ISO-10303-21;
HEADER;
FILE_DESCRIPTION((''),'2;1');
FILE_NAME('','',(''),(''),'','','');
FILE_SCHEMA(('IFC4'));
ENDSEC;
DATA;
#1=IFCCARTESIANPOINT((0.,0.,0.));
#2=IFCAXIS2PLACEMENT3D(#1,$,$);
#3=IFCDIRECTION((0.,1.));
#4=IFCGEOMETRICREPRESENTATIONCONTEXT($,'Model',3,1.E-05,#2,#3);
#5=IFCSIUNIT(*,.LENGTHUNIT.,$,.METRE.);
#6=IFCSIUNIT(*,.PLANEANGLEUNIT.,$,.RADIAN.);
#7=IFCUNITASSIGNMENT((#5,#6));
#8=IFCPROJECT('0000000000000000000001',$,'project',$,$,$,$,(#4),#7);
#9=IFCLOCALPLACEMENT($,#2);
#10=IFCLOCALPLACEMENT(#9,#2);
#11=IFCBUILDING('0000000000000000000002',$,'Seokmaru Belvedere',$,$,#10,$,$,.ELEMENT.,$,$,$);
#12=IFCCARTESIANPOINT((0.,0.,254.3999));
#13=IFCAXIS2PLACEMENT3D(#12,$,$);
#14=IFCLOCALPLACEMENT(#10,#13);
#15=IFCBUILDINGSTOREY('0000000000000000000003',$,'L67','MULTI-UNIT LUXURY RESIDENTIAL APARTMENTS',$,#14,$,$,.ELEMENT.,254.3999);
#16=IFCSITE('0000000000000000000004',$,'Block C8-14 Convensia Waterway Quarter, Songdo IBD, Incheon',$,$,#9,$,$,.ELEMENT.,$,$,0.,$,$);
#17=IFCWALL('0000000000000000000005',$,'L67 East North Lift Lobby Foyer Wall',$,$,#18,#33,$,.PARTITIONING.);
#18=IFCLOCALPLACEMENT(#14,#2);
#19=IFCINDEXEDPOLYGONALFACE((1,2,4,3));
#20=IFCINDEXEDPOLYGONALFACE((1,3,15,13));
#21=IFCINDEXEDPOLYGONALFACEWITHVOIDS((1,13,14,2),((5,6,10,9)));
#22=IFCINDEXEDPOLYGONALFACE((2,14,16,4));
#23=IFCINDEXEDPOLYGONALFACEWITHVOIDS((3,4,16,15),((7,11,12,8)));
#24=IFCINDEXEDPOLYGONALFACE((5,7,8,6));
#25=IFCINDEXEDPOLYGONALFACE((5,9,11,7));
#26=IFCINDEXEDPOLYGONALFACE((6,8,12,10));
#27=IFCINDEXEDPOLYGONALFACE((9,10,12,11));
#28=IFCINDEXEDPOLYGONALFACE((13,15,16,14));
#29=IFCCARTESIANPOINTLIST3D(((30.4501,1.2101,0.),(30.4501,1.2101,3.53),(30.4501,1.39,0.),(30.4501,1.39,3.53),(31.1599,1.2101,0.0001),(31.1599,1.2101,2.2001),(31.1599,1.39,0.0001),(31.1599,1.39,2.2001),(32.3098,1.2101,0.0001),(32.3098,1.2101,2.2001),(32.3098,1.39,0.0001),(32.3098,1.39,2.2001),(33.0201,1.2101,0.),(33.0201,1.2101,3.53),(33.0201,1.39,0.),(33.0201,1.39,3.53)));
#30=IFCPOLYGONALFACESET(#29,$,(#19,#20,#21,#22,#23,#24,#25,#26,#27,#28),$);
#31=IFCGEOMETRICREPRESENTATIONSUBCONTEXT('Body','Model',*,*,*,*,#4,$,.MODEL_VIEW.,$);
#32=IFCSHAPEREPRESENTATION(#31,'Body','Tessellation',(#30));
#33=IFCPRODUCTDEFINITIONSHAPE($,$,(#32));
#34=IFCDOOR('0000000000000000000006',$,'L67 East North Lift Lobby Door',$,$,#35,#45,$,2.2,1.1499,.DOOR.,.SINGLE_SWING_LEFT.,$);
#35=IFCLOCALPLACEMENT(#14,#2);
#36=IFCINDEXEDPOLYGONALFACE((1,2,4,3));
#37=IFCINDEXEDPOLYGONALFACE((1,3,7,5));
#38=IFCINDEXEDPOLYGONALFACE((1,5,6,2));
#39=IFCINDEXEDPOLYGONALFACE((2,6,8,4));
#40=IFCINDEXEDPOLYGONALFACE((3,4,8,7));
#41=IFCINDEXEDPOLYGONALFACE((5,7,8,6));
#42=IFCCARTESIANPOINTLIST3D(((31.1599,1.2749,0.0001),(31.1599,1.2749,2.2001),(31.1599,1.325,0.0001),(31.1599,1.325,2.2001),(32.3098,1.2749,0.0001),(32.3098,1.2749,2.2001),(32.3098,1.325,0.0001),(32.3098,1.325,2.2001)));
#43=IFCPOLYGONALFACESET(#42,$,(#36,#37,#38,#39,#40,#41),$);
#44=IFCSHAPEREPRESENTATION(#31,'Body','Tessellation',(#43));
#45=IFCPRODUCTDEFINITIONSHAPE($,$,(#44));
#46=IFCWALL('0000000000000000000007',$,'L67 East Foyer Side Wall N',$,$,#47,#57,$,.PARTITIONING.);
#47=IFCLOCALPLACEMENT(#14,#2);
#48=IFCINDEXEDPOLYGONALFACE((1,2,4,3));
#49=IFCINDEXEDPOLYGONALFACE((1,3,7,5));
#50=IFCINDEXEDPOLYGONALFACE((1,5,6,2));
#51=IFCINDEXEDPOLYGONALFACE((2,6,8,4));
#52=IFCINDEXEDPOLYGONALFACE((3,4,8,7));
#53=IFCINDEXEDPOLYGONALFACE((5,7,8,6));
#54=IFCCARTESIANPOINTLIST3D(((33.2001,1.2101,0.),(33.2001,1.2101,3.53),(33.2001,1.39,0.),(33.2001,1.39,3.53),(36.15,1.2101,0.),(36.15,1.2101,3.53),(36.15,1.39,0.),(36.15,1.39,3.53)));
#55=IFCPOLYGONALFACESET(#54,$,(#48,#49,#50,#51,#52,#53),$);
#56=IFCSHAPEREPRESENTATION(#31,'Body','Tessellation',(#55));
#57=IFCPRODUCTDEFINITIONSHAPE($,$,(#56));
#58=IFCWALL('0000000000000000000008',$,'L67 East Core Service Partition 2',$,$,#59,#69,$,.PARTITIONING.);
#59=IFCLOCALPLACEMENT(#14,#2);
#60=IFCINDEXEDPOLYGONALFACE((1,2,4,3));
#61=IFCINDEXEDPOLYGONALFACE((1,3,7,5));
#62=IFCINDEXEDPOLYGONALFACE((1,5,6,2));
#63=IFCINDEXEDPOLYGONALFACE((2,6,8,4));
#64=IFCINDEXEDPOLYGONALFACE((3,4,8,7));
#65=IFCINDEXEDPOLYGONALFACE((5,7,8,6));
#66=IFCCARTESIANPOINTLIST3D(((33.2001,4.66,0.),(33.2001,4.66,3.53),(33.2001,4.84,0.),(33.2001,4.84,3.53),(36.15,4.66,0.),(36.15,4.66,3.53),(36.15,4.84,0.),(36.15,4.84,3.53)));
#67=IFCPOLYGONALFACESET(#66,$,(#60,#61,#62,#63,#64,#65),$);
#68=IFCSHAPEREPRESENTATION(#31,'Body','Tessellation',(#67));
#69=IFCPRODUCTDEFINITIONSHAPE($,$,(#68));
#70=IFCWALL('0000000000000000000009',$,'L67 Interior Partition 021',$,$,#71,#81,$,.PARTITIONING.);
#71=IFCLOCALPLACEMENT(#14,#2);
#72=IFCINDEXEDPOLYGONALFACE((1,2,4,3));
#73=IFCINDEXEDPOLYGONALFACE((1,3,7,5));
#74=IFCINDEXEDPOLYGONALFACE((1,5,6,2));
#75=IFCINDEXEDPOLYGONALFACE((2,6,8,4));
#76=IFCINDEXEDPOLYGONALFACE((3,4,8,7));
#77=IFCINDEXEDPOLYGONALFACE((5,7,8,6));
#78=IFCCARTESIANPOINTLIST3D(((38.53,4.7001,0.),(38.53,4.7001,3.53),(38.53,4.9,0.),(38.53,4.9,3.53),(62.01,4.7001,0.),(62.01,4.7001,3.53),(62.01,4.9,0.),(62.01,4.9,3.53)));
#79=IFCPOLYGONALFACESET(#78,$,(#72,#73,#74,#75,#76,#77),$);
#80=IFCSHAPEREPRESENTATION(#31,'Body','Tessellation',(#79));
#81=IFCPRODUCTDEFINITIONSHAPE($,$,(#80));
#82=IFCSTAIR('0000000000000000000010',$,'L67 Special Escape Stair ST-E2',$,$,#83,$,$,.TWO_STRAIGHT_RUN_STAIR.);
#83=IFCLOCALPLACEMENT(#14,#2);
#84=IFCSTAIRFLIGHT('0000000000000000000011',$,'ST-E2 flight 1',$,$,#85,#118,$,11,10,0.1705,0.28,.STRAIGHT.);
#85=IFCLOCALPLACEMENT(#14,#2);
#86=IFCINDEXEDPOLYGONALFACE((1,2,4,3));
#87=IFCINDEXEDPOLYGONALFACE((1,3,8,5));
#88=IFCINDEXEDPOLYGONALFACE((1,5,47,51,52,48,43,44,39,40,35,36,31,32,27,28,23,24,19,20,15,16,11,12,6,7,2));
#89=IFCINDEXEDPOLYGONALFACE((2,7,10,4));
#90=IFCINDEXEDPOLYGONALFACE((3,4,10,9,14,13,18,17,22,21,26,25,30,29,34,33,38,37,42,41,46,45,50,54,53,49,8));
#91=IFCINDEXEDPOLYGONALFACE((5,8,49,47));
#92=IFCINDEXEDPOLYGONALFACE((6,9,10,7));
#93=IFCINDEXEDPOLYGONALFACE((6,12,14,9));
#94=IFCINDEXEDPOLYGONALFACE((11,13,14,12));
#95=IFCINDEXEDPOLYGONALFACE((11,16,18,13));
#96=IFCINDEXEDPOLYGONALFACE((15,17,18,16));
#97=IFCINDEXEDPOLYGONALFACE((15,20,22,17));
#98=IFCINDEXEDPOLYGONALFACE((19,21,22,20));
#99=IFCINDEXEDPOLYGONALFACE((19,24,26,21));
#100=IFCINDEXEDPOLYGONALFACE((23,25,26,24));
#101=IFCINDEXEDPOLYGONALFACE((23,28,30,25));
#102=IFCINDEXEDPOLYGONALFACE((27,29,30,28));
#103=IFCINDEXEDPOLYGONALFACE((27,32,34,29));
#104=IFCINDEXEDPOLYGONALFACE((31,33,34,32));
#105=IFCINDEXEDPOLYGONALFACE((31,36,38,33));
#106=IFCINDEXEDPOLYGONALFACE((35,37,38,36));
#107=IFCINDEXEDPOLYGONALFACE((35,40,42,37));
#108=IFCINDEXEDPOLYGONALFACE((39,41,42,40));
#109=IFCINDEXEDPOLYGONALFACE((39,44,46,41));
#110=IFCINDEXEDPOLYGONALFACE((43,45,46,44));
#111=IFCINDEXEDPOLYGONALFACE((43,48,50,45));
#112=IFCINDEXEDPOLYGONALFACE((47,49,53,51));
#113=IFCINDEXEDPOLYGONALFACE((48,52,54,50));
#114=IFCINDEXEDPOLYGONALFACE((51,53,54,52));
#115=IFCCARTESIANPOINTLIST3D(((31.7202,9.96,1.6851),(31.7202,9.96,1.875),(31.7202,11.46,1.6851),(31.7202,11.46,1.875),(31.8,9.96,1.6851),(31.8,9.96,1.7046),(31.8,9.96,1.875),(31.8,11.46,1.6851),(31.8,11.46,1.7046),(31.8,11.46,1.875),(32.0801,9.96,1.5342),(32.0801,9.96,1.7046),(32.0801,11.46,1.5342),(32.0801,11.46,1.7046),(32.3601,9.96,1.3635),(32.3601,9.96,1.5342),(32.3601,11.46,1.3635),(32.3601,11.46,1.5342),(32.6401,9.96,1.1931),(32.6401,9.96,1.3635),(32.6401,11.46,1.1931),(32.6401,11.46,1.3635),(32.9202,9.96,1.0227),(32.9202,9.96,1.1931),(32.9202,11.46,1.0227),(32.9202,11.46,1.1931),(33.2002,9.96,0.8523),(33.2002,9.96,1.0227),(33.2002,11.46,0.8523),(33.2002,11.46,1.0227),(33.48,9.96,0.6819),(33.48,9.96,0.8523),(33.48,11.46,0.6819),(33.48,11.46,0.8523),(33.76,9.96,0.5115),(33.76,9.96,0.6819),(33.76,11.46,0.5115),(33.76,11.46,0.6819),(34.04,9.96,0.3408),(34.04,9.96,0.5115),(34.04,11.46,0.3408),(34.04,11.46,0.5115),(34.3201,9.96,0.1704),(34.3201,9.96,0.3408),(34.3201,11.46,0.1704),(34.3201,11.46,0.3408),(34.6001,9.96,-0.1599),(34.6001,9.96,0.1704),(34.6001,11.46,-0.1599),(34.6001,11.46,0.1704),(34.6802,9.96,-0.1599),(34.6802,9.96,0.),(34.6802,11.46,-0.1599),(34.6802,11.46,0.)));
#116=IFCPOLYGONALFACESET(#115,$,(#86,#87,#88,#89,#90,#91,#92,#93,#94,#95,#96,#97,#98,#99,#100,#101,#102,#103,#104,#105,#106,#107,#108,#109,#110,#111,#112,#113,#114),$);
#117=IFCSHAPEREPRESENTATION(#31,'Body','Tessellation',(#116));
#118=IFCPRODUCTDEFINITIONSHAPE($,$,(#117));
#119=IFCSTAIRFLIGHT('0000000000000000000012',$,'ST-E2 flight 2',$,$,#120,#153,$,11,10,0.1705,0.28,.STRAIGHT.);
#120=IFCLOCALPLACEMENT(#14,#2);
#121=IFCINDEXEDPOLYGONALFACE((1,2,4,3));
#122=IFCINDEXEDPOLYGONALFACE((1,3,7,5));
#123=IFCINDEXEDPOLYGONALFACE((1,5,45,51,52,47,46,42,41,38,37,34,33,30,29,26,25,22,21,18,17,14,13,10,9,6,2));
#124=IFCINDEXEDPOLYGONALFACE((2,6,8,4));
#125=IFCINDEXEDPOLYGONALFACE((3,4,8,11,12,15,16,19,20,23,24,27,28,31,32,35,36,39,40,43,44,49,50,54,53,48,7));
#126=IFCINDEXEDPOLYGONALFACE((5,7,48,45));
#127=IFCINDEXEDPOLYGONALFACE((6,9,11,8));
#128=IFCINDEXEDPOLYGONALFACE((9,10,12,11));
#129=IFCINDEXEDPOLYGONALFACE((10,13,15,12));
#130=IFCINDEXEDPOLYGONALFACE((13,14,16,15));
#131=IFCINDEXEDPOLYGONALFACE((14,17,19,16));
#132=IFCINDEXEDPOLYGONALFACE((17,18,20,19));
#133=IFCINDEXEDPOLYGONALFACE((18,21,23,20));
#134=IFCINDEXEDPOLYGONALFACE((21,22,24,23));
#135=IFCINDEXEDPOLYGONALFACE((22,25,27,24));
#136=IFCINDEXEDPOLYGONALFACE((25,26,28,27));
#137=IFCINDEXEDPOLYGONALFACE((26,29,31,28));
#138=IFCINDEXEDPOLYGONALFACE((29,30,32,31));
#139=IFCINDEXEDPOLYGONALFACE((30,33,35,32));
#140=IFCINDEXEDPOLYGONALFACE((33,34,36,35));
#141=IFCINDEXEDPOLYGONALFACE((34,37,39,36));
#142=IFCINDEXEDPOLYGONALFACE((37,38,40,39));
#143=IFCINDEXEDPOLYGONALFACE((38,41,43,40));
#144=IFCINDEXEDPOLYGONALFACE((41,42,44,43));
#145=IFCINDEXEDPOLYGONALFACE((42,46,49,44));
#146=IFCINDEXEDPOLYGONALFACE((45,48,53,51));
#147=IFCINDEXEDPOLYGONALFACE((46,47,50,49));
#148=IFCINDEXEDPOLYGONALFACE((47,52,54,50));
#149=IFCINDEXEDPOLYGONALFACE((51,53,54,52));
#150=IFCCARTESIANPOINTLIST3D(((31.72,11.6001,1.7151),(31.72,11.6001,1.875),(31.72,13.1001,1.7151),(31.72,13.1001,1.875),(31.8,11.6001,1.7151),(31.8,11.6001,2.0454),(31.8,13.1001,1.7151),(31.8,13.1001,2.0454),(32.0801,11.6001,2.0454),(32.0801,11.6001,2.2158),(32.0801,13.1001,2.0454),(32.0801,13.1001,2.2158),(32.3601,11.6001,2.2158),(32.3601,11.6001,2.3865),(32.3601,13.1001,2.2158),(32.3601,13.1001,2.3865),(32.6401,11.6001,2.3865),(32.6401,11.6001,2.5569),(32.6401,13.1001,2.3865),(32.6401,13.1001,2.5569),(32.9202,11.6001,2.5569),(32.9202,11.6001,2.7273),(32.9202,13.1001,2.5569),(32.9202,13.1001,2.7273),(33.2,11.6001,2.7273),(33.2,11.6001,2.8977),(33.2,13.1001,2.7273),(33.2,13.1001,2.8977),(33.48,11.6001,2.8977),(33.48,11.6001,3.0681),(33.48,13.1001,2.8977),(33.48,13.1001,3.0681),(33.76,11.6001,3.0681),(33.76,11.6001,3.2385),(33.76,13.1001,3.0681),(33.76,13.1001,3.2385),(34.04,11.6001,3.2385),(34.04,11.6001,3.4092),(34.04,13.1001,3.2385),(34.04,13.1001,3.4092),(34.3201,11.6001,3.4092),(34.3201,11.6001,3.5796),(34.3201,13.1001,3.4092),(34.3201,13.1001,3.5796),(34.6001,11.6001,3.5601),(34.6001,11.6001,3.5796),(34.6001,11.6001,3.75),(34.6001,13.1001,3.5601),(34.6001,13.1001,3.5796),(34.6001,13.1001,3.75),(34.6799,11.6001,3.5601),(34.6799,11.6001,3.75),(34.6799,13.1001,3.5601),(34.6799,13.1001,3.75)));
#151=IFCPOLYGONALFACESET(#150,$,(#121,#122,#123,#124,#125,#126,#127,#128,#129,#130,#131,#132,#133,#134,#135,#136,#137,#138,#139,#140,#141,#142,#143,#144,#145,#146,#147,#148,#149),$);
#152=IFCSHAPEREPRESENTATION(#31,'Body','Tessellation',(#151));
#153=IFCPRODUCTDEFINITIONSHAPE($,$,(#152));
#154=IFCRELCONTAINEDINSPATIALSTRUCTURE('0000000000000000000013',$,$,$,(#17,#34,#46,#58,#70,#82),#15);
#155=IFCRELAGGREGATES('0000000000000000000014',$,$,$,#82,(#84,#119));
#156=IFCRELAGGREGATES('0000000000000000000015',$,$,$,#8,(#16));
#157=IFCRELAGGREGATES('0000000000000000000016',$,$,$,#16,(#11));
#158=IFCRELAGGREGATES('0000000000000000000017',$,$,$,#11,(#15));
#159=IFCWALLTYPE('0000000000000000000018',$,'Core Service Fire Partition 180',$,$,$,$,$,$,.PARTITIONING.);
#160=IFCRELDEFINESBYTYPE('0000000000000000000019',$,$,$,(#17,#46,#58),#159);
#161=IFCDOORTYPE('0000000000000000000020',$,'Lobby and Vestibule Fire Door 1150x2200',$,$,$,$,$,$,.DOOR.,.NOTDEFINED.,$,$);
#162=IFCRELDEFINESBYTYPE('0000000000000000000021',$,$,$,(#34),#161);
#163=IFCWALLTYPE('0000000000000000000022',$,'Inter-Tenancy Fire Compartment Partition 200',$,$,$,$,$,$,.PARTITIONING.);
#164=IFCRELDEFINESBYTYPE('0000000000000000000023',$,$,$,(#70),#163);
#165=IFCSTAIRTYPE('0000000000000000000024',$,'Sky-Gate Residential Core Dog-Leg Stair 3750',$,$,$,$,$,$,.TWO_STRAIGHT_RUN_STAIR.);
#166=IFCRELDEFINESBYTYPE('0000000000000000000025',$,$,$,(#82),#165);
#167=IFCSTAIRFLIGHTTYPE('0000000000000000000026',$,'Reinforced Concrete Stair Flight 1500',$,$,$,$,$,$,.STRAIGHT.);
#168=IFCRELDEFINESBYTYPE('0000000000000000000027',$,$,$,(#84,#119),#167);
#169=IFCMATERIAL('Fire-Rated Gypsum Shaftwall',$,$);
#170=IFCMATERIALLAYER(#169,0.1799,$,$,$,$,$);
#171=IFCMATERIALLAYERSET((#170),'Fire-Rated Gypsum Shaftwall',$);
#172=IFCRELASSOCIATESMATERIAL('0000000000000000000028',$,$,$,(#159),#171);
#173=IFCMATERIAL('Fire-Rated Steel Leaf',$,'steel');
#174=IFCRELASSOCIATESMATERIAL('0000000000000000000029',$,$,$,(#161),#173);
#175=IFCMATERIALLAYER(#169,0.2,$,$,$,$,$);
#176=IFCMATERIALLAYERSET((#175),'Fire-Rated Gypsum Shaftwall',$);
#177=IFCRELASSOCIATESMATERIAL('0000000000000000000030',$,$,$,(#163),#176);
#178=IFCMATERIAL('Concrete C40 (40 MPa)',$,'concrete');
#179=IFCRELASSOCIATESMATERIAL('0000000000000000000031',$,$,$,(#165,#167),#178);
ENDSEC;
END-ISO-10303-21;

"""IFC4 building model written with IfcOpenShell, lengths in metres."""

from ifc_helpers import new_model, si_unit, direction, frame, frame_2d, origin, place, context, subcontext, project, spatial, polyline, rectangle, outline, extrude, source, transform, mapped, material, layer, layer_set, type_object, type_shapes, element, fill, aggregate, save


model = new_model("IFC4")

# Units and contexts
model_context = context("Model", 3, precision=1e-05, world=origin(), true_north=direction((0.0, 1.0)))
body_context = subcontext(model_context, "Body", "Model", "MODEL_VIEW")
ifc_project = project(units=[si_unit("LENGTHUNIT", "METRE"), si_unit("PLANEANGLEUNIT", "RADIAN")], contexts=[model_context])

# Site, building, storey
site_placement = place(None, origin())
site = spatial("IfcSite", under=ifc_project, at=site_placement, Name="Block C8-14 Convensia Waterway Quarter, Songdo IBD, Incheon", CompositionType="ELEMENT", RefElevation=0.0)
building_placement = place(site_placement, origin())
building = spatial("IfcBuilding", under=site, at=building_placement, Name="Seokmaru Belvedere", CompositionType="ELEMENT")
storey_placement = place(building_placement, frame((0.0, 0.0, 254.3999)))
storey = spatial("IfcBuildingStorey", under=building, at=storey_placement, Name="L67", Description="MULTI-UNIT LUXURY RESIDENTIAL APARTMENTS", CompositionType="ELEMENT", Elevation=254.3999)

# Shared definitions
ifc_material_1 = material(Name="Fire-Rated Gypsum Shaftwall")

# Shared definitions
ifc_layer_1 = layer(ifc_material_1, 0.1799)
ifc_layer_set_1 = layer_set([ifc_layer_1], Name="Fire-Rated Gypsum Shaftwall")
wall_type_1 = type_object("IfcWallType", Name="Core Service Fire Partition 180", PredefinedType="PARTITIONING", material=ifc_layer_set_1)

# Wall, opening, door
wall_1_placement = place(storey_placement, frame((30.45, 1.3, 0.0), z_axis=(0.0, 0.0, 1.0), x_axis=(1.0, 0.0, 0.0)))
wall_1 = element("IfcWall", 1, at=wall_1_placement, inside=storey, type_object=wall_type_1, Name="L67 East North Lift Lobby Foyer Wall", PredefinedType="PARTITIONING", context=body_context, shape_type="SweptSolid", body=[
    extrude(rectangle(XDim=2.5701, YDim=0.1799, at=frame_2d((1.2852, 0.0))), origin(), (0.0, 0.0, 1.0), 3.53),
])
opening_1_placement = place(wall_1_placement, frame((0.71, 0.0, 0.0)))
opening_1 = element("IfcOpeningElement", 2, at=opening_1_placement, cuts=wall_1, PredefinedType="OPENING", context=body_context, shape_type="SweptSolid", body=[
    extrude(rectangle(XDim=1.1499, YDim=2.2, at=frame_2d((0.575, 1.1001))), frame((0.0, 0.1001, 0.0), z_axis=(0.0, -1.0, 0.0), x_axis=(1.0, 0.0, 0.0)), (0.0, 0.0, 1.0), 0.2),
])
ifc_material_2 = material(Name="Fire-Rated Steel Leaf", Category="steel")
door_type_1 = type_object("IfcDoorType", Name="Lobby and Vestibule Fire Door 1150x2200", OperationType="NOTDEFINED", PredefinedType="DOOR", material=ifc_material_2)
shared_shape_1 = source(origin(), body_context, "Body", "SweptSolid", [
    extrude(rectangle(XDim=1.1499, YDim=2.2, at=frame_2d((0.575, 1.1001))), frame((0.0, 0.0249, 0.0), z_axis=(0.0, -1.0, 0.0), x_axis=(1.0, 0.0, 0.0)), (0.0, 0.0, 1.0), 0.05),
])
type_shapes(door_type_1, [shared_shape_1])
door_1_placement = place(opening_1_placement, origin())
door_1 = element("IfcDoor", 3, at=door_1_placement, inside=storey, type_object=door_type_1, Name="L67 East North Lift Lobby Door", OperationType="SINGLE_SWING_LEFT", OverallHeight=2.2, OverallWidth=1.1499, PredefinedType="DOOR", context=body_context, shape_type="MappedRepresentation", body=[
    mapped(shared_shape_1, transform((0.0, 0.0, 0.0), scale=1.0)),
])
fill(opening_1, door_1)

# Walls
for number, where, z_axis, x_axis, name in (
    (4, (33.2, 1.3, 0.0), (0.0, 0.0, 1.0), (1.0, 0.0, 0.0), "L67 East Foyer Side Wall N"),
    (5, (33.2, 4.75, 0.0), (0.0, 0.0, 1.0), (1.0, 0.0, 0.0), "L67 East Core Service Partition 2"),
):
    element("IfcWall", number, at=place(storey_placement, frame(where, z_axis=z_axis, x_axis=x_axis)), inside=storey, type_object=wall_type_1, Name=name, PredefinedType="PARTITIONING", context=body_context, shape_type="SweptSolid", body=[
        extrude(rectangle(XDim=2.95, YDim=0.1799, at=frame_2d((1.4751, 0.0))), origin(), (0.0, 0.0, 1.0), 3.53),
    ])
ifc_layer_2 = layer(ifc_material_1, 0.2)
ifc_layer_set_2 = layer_set([ifc_layer_2], Name="Fire-Rated Gypsum Shaftwall")
wall_type_2 = type_object("IfcWallType", Name="Inter-Tenancy Fire Compartment Partition 200", PredefinedType="PARTITIONING", material=ifc_layer_set_2)
wall_2_placement = place(storey_placement, frame((38.53, 4.8, 0.0), z_axis=(0.0, 0.0, 1.0), x_axis=(1.0, 0.0, 0.0)))
element("IfcWall", 6, at=wall_2_placement, inside=storey, type_object=wall_type_2, Name="L67 Interior Partition 021", PredefinedType="PARTITIONING", context=body_context, shape_type="SweptSolid", body=[
    extrude(rectangle(XDim=23.48, YDim=0.2, at=frame_2d((11.74, 0.0))), origin(), (0.0, 0.0, 1.0), 3.53),
])

# Stair, stair flights
ifc_material_3 = material(Name="Concrete C40 (40 MPa)", Category="concrete")
stair_type = type_object("IfcStairType", Name="Sky-Gate Residential Core Dog-Leg Stair 3750", PredefinedType="TWO_STRAIGHT_RUN_STAIR", material=ifc_material_3)
stair_placement = place(storey_placement, origin())
stair = element("IfcStair", 7, at=stair_placement, inside=storey, type_object=stair_type, Name="L67 Special Escape Stair ST-E2", PredefinedType="TWO_STRAIGHT_RUN_STAIR")
stair_flight_type = type_object("IfcStairFlightType", Name="Reinforced Concrete Stair Flight 1500", PredefinedType="STRAIGHT", material=ifc_material_3)
stair_flight_1_placement = place(storey_placement, frame((34.6001, 10.71, 0.0), z_axis=(0.0, 0.0, 1.0), x_axis=(-1.0, 0.0, 0.0)))
stair_flight_1 = element("IfcStairFlight", 8, at=stair_flight_1_placement, type_object=stair_flight_type, Name="ST-E2 flight 1", NumberOfRisers=11, NumberOfTreads=10, PredefinedType="STRAIGHT", RiserHeight=0.1705, TreadLength=0.28, context=body_context, shape_type="SweptSolid", body=[
    extrude(outline(polyline([(-0.0801, 0.0), (0.0, 0.1704), (0.28, 0.1704), (0.28, 0.3408), (0.5601, 0.3408), (0.5601, 0.5115), (0.8401, 0.5115), (0.8401, 0.6819), (1.1201, 0.6819), (1.1201, 0.8523), (1.3999, 0.8523), (1.3999, 1.0227), (1.6799, 1.0227), (1.6799, 1.1931), (1.96, 1.1931), (1.96, 1.3635), (2.24, 1.3635), (2.24, 1.5342), (2.52, 1.5342), (2.52, 1.7046), (2.8, 1.7046), (2.8, 1.875), (2.8799, 1.875), (2.8799, 1.6851), (2.8, 1.6851), (0.0, -0.1599), (-0.0801, -0.1599), (-0.0801, 0.0)])), frame((0.0, 0.75, 0.0), z_axis=(0.0, -1.0, 0.0), x_axis=(1.0, 0.0, 0.0)), (0.0, 0.0, 1.0), 1.5),
])
stair_flight_2_placement = place(storey_placement, frame((31.8, 12.3501, 1.875), z_axis=(0.0, 0.0, 1.0), x_axis=(1.0, 0.0, 0.0)))
stair_flight_2 = element("IfcStairFlight", 9, at=stair_flight_2_placement, type_object=stair_flight_type, Name="ST-E2 flight 2", NumberOfRisers=11, NumberOfTreads=10, PredefinedType="STRAIGHT", RiserHeight=0.1705, TreadLength=0.28, context=body_context, shape_type="SweptSolid", body=[
    extrude(outline(polyline([(-0.0801, 0.0), (0.0, 0.1704), (0.28, 0.1704), (0.28, 0.3408), (0.5601, 0.3408), (0.5601, 0.5115), (0.8401, 0.5115), (0.8401, 0.6819), (1.1201, 0.6819), (1.1201, 0.8523), (1.3999, 0.8523), (1.3999, 1.0227), (1.6799, 1.0227), (1.6799, 1.1931), (1.96, 1.1931), (1.96, 1.3635), (2.24, 1.3635), (2.24, 1.5342), (2.52, 1.5342), (2.52, 1.7046), (2.8, 1.7046), (2.8, 1.875), (2.8799, 1.875), (2.8799, 1.6851), (2.8, 1.6851), (0.0, -0.1599), (-0.0801, -0.1599), (-0.0801, 0.0)])), frame((0.0, 0.75, 0.0), z_axis=(0.0, -1.0, 0.0), x_axis=(1.0, 0.0, 0.0)), (0.0, 0.0, 1.0), 1.5),
])
aggregate(stair, [stair_flight_1, stair_flight_2])

save(model, "model.ifc")
